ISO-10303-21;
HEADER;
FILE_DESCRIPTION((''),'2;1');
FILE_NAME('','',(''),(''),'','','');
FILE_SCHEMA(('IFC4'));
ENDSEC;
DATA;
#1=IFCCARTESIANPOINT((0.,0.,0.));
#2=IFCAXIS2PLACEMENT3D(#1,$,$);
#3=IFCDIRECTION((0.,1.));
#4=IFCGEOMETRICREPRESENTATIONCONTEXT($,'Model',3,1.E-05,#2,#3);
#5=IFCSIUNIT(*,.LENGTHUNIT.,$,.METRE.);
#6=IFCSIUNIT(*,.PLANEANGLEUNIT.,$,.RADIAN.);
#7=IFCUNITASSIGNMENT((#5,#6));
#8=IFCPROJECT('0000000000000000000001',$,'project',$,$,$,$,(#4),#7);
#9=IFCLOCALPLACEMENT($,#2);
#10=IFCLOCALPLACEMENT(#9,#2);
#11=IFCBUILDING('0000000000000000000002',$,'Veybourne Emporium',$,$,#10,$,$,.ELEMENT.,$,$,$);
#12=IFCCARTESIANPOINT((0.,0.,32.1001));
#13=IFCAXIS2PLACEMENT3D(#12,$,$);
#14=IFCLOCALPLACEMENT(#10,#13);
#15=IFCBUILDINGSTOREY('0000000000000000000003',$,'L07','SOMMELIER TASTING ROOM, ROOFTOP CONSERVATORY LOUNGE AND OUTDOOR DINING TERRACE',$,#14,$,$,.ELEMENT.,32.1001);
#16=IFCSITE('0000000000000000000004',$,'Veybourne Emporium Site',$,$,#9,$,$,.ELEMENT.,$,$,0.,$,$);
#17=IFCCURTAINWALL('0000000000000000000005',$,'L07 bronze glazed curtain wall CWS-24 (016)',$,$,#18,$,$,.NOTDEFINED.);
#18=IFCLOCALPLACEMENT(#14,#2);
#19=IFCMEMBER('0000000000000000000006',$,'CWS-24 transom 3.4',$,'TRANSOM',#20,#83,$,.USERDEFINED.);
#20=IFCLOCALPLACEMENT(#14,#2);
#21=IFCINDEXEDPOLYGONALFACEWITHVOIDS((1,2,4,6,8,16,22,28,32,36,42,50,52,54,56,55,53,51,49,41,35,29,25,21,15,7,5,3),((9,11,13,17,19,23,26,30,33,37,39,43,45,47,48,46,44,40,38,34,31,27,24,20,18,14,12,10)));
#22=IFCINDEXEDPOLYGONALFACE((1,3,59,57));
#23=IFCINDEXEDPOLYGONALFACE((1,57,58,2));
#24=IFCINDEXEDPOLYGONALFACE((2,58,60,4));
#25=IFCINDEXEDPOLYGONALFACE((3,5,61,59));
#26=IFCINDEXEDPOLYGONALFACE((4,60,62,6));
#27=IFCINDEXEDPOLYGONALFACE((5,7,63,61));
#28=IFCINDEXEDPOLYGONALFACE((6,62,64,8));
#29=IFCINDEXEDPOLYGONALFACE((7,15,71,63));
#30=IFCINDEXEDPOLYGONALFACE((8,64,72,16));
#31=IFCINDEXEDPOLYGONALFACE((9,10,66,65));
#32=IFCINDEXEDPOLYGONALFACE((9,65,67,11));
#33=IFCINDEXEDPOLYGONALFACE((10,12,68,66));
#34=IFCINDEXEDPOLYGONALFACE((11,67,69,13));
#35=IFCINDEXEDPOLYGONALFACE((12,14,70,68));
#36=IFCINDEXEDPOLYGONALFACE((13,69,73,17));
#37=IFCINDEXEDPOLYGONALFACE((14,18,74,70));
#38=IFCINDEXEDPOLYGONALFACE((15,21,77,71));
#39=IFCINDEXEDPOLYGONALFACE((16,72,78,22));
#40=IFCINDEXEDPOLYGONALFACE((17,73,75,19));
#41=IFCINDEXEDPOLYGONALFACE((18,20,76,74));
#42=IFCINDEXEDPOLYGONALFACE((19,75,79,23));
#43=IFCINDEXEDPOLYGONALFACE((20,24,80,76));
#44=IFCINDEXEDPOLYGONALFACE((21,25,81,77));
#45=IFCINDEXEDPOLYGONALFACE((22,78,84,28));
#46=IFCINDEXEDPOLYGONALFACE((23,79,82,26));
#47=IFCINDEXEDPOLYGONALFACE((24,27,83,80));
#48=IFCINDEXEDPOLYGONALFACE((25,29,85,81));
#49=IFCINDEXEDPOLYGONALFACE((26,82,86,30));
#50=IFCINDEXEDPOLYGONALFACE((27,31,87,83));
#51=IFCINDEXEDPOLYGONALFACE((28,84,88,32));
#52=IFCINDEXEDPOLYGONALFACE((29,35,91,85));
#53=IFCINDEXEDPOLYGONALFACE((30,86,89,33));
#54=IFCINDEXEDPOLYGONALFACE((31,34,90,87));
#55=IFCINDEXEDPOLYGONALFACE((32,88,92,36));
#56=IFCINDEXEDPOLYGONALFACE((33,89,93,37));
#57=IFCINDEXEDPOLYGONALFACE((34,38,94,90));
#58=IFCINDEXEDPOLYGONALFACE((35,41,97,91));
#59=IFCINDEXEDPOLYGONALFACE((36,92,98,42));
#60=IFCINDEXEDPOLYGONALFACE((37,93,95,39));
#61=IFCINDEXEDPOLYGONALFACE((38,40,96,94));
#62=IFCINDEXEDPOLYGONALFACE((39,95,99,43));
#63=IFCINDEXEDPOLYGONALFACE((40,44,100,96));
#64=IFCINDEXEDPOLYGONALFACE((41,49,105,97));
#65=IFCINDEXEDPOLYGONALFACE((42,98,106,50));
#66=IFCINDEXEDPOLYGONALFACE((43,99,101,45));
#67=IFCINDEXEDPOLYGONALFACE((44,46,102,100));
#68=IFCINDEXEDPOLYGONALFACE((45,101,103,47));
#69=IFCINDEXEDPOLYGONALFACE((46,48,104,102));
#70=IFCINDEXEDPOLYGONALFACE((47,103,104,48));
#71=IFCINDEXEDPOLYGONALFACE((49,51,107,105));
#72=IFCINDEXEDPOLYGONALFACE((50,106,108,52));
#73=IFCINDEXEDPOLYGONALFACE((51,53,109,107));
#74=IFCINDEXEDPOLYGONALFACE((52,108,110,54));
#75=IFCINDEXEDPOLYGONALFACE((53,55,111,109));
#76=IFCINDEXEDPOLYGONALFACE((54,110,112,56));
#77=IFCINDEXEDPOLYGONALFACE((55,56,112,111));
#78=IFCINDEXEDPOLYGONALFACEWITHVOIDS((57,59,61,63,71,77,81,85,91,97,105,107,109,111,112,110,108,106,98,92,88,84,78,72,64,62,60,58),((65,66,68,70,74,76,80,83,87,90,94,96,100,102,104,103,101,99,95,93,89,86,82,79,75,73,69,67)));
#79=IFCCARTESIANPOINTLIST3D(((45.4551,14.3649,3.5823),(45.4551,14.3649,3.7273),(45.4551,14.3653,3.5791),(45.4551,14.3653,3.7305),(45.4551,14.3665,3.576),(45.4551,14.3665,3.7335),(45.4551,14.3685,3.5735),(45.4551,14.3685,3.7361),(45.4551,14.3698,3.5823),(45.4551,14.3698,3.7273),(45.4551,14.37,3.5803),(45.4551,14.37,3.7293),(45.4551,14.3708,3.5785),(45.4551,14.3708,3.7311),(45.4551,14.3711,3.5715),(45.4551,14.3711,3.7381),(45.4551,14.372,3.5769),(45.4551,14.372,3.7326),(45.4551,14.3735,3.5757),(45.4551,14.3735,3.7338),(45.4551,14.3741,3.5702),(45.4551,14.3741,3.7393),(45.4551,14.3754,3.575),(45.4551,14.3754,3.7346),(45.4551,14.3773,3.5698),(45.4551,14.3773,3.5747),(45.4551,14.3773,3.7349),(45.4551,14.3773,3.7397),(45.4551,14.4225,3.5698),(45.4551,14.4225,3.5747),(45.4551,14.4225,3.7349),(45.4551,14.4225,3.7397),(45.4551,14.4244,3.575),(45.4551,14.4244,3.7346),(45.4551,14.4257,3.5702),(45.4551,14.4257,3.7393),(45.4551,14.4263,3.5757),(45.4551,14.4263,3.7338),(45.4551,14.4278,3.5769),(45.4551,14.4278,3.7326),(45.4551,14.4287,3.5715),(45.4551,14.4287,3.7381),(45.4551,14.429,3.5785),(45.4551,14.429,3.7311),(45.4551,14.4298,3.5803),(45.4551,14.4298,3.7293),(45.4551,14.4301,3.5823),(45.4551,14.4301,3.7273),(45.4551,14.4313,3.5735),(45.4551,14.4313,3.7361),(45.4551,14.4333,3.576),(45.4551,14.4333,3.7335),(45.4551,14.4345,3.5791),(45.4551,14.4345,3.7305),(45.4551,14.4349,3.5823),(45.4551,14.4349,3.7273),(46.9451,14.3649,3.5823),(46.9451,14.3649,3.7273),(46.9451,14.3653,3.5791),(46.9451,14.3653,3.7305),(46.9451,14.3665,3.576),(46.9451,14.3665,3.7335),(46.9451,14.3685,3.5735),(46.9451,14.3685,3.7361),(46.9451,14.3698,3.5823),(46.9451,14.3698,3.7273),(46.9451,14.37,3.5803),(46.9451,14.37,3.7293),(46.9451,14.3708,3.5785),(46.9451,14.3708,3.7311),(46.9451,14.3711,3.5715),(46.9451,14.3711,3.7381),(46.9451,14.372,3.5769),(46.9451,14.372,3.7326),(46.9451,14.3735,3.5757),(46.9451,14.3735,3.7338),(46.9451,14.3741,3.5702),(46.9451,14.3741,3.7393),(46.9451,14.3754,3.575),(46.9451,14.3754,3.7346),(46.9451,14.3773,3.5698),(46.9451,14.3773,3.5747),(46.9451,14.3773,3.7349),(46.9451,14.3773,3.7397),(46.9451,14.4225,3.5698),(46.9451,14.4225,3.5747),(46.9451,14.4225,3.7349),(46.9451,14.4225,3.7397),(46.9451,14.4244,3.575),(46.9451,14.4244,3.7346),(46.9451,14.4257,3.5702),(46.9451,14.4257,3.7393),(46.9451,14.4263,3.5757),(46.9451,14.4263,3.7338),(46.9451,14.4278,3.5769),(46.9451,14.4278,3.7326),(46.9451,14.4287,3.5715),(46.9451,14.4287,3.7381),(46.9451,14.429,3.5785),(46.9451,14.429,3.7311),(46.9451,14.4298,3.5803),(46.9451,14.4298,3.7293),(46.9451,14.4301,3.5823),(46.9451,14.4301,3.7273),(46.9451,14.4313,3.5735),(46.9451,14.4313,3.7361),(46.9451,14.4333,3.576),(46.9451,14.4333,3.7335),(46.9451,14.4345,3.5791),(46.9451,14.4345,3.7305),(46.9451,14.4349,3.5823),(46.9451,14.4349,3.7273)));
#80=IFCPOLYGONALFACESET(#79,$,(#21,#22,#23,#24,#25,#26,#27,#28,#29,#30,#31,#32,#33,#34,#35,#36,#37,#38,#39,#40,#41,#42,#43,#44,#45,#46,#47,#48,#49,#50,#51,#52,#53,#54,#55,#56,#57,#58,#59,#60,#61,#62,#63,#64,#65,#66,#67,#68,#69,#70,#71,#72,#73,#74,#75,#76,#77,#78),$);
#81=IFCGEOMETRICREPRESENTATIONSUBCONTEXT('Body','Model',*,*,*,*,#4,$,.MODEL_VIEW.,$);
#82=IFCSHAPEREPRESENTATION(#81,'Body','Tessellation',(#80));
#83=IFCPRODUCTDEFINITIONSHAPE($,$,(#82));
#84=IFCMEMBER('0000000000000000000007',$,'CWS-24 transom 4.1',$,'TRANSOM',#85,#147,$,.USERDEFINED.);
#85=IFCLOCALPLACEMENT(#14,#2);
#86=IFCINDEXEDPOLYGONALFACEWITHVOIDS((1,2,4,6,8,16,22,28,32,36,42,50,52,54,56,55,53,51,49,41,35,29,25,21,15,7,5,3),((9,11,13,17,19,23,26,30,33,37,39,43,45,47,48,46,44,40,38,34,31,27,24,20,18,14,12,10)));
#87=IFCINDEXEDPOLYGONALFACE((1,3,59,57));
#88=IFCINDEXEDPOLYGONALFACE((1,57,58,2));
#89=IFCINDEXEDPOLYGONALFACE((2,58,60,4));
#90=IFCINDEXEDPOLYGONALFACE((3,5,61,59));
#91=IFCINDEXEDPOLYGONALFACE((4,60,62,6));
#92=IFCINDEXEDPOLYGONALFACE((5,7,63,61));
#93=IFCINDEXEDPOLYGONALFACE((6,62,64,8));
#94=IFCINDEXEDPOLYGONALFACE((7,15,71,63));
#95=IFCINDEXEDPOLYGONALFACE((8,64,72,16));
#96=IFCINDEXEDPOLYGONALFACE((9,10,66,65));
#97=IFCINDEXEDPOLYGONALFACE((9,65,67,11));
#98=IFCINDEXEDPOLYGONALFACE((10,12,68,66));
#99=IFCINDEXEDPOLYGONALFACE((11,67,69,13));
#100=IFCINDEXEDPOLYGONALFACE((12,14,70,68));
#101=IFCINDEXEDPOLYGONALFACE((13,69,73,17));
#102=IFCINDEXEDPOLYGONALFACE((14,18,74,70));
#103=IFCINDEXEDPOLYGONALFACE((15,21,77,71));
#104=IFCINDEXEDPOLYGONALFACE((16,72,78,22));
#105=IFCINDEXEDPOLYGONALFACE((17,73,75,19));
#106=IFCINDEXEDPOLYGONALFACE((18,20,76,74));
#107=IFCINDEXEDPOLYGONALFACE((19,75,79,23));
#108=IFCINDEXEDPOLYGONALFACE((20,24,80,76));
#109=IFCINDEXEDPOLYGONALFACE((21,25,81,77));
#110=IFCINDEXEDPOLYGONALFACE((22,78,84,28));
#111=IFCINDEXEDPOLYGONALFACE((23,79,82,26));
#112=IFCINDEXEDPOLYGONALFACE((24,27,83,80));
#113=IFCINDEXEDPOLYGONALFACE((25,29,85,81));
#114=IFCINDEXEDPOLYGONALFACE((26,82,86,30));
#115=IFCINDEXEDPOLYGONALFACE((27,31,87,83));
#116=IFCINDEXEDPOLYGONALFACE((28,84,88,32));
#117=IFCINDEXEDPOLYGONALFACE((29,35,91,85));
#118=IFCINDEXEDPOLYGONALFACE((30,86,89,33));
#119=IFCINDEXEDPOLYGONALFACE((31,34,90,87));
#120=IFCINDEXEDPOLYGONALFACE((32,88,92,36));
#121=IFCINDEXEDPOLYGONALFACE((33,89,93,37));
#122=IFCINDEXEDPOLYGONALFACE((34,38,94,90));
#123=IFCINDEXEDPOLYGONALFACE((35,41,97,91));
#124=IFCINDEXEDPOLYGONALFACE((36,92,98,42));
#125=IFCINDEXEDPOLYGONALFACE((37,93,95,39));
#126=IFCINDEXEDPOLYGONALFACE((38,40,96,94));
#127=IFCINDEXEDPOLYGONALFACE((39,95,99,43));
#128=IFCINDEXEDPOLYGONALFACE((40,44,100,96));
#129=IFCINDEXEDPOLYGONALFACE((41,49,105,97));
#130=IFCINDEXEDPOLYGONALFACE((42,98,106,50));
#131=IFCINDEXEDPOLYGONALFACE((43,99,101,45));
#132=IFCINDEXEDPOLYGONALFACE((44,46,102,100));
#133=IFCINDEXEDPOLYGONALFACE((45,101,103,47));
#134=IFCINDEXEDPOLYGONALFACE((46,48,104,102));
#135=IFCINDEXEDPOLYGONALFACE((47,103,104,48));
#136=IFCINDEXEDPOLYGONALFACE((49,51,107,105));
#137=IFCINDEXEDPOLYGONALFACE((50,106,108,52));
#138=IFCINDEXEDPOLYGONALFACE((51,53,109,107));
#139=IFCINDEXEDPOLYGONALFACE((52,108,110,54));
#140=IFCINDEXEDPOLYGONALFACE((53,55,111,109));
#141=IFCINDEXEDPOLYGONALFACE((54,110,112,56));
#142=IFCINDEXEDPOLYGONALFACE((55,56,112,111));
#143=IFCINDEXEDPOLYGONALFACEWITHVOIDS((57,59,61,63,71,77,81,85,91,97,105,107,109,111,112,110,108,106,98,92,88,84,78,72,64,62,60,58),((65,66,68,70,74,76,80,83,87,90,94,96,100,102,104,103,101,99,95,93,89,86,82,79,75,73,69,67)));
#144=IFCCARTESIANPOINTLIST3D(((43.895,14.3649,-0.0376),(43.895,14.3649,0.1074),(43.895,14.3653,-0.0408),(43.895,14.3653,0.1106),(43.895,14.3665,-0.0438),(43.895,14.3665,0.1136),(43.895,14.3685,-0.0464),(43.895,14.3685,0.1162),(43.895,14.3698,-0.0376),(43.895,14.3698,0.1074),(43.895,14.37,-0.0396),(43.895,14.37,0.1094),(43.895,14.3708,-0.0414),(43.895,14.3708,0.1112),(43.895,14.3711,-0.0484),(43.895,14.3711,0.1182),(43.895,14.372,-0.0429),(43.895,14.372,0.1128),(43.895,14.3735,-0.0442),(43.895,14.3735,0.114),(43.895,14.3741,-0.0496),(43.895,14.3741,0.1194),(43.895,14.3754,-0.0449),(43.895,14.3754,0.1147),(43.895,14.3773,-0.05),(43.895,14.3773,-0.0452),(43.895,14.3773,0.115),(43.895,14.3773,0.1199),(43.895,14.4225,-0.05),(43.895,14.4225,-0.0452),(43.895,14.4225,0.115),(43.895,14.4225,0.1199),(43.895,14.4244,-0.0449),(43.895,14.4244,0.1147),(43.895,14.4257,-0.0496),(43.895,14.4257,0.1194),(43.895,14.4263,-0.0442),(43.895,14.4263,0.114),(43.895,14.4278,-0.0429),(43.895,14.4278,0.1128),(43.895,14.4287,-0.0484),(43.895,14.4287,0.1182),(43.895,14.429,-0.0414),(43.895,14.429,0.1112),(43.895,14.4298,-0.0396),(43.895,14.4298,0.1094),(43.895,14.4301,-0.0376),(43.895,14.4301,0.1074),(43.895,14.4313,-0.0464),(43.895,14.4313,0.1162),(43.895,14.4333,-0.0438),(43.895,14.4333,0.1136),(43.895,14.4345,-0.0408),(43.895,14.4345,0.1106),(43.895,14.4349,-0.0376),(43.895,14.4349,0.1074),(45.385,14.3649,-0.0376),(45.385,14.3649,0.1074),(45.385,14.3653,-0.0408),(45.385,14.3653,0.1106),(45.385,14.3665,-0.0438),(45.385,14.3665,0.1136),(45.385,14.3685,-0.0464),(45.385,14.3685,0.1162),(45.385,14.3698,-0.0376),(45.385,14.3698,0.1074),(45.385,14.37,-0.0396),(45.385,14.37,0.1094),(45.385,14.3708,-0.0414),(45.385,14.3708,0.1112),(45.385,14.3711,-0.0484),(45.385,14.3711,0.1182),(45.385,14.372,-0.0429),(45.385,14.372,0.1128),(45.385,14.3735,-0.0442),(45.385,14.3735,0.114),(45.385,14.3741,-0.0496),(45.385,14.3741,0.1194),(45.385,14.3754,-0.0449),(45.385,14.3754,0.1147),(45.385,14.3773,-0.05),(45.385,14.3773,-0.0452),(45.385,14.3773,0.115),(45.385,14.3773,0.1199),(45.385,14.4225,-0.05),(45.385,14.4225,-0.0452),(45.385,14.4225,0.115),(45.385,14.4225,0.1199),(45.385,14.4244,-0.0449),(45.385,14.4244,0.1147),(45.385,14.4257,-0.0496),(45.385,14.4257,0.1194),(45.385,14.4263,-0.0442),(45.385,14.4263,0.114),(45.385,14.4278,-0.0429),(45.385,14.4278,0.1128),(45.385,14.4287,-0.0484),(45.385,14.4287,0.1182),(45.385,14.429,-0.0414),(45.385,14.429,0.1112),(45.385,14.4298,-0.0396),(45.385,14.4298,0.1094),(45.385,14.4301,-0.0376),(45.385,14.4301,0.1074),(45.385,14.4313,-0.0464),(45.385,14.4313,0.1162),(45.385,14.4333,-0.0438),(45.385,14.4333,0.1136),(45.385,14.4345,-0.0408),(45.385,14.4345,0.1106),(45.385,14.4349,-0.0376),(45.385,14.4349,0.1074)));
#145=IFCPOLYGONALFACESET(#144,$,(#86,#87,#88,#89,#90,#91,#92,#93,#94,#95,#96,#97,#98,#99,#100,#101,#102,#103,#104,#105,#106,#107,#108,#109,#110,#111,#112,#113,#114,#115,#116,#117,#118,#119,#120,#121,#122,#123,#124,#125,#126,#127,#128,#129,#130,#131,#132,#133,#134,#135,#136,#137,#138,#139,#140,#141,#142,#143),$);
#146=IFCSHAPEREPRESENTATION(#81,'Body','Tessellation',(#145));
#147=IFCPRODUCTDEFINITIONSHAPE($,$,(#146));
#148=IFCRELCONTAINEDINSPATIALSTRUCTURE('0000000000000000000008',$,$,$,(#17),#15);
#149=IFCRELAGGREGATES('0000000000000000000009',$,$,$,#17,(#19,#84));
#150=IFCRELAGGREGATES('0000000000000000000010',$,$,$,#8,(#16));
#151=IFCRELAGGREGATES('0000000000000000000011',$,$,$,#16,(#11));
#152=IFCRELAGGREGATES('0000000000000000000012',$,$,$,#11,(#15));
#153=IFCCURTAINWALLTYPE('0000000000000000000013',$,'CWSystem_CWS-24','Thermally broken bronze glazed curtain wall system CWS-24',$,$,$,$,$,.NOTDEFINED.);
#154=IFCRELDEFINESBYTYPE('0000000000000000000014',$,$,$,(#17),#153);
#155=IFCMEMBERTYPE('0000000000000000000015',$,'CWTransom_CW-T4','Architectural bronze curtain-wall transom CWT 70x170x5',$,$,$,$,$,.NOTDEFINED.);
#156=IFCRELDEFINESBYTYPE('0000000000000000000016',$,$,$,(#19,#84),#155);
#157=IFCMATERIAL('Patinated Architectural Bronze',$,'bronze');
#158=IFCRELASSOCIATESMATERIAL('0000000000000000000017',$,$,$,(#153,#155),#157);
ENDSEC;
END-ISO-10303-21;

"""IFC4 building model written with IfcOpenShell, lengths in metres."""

from ifc_helpers import new_model, si_unit, direction, frame, origin, origin_2d, place, context, subcontext, project, spatial, hollow_rectangle, extrude, material, material_profile, profile_set, type_object, element, aggregate, save


model = new_model("IFC4")

# Units and contexts
model_context = context("Model", 3, precision=1e-05, world=origin(), true_north=direction((0.0, 1.0)))
body_context = subcontext(model_context, "Body", "Model", "MODEL_VIEW")
ifc_project = project(units=[si_unit("LENGTHUNIT", "METRE"), si_unit("PLANEANGLEUNIT", "RADIAN")], contexts=[model_context])

# Site, building, storey
site_placement = place(None, origin())
site = spatial("IfcSite", under=ifc_project, at=site_placement, Name="Veybourne Emporium Site", CompositionType="ELEMENT", RefElevation=0.0)
building_placement = place(site_placement, origin())
building = spatial("IfcBuilding", under=site, at=building_placement, Name="Veybourne Emporium", CompositionType="ELEMENT")
storey_placement = place(building_placement, frame((0.0, 0.0, 32.1001)))
storey = spatial("IfcBuildingStorey", under=building, at=storey_placement, Name="L07", Description="SOMMELIER TASTING ROOM, ROOFTOP CONSERVATORY LOUNGE AND OUTDOOR DINING TERRACE", CompositionType="ELEMENT", Elevation=32.1001)

# Curtain wall, members
ifc_material_1 = material(Name="Patinated Architectural Bronze", Category="bronze")
curtain_wall_type = type_object("IfcCurtainWallType", Name="CWSystem_CWS-24", Description="Thermally broken bronze glazed curtain wall system CWS-24", PredefinedType="NOTDEFINED", material=ifc_material_1)
curtain_wall_placement = place(storey_placement, origin())
curtain_wall = element("IfcCurtainWall", 1, at=curtain_wall_placement, inside=storey, type_object=curtain_wall_type, Name="L07 bronze glazed curtain wall CWS-24 (016)", PredefinedType="NOTDEFINED")
ifc_material_profile_1 = material_profile(ifc_material_1, hollow_rectangle(XDim=0.0701, YDim=0.1699, WallThickness=0.0049, InnerFilletRadius=0.0076, OuterFilletRadius=0.0125, at=origin_2d()), Name="CWT 70x170x5")
ifc_profile_set_1 = profile_set([ifc_material_profile_1], Name="Patinated Architectural Bronze")
member_type_1 = type_object("IfcMemberType", Name="CWTransom_CW-T4", Description="Architectural bronze curtain-wall transom CWT 70x170x5", PredefinedType="NOTDEFINED", material=ifc_profile_set_1)
member_1_placement = place(storey_placement, frame((46.9451, 14.3999, 3.6548), z_axis=(-1.0, 0.0, 0.0), x_axis=(0.0, -1.0, 0.0)))
member_1 = element("IfcMember", 2, at=member_1_placement, type_object=member_type_1, Name="CWS-24 transom 3.4", ObjectType="TRANSOM", PredefinedType="USERDEFINED", context=body_context, shape_type="SweptSolid", body=[
    extrude(hollow_rectangle(XDim=0.0701, YDim=0.1699, WallThickness=0.0049, InnerFilletRadius=0.0076, OuterFilletRadius=0.0125, at=origin_2d()), origin(), (0.0, 0.0, 1.0), 1.49),
])
member_2_placement = place(storey_placement, frame((45.385, 14.3999, 0.0349), z_axis=(-1.0, 0.0, 0.0), x_axis=(0.0, -1.0, 0.0)))
member_2 = element("IfcMember", 3, at=member_2_placement, type_object=member_type_1, Name="CWS-24 transom 4.1", ObjectType="TRANSOM", PredefinedType="USERDEFINED", context=body_context, shape_type="SweptSolid", body=[
    extrude(hollow_rectangle(XDim=0.0701, YDim=0.1699, WallThickness=0.0049, InnerFilletRadius=0.0076, OuterFilletRadius=0.0125, at=origin_2d()), origin(), (0.0, 0.0, 1.0), 1.49),
])
aggregate(curtain_wall, [member_1, member_2])

save(model, "model.ifc")
